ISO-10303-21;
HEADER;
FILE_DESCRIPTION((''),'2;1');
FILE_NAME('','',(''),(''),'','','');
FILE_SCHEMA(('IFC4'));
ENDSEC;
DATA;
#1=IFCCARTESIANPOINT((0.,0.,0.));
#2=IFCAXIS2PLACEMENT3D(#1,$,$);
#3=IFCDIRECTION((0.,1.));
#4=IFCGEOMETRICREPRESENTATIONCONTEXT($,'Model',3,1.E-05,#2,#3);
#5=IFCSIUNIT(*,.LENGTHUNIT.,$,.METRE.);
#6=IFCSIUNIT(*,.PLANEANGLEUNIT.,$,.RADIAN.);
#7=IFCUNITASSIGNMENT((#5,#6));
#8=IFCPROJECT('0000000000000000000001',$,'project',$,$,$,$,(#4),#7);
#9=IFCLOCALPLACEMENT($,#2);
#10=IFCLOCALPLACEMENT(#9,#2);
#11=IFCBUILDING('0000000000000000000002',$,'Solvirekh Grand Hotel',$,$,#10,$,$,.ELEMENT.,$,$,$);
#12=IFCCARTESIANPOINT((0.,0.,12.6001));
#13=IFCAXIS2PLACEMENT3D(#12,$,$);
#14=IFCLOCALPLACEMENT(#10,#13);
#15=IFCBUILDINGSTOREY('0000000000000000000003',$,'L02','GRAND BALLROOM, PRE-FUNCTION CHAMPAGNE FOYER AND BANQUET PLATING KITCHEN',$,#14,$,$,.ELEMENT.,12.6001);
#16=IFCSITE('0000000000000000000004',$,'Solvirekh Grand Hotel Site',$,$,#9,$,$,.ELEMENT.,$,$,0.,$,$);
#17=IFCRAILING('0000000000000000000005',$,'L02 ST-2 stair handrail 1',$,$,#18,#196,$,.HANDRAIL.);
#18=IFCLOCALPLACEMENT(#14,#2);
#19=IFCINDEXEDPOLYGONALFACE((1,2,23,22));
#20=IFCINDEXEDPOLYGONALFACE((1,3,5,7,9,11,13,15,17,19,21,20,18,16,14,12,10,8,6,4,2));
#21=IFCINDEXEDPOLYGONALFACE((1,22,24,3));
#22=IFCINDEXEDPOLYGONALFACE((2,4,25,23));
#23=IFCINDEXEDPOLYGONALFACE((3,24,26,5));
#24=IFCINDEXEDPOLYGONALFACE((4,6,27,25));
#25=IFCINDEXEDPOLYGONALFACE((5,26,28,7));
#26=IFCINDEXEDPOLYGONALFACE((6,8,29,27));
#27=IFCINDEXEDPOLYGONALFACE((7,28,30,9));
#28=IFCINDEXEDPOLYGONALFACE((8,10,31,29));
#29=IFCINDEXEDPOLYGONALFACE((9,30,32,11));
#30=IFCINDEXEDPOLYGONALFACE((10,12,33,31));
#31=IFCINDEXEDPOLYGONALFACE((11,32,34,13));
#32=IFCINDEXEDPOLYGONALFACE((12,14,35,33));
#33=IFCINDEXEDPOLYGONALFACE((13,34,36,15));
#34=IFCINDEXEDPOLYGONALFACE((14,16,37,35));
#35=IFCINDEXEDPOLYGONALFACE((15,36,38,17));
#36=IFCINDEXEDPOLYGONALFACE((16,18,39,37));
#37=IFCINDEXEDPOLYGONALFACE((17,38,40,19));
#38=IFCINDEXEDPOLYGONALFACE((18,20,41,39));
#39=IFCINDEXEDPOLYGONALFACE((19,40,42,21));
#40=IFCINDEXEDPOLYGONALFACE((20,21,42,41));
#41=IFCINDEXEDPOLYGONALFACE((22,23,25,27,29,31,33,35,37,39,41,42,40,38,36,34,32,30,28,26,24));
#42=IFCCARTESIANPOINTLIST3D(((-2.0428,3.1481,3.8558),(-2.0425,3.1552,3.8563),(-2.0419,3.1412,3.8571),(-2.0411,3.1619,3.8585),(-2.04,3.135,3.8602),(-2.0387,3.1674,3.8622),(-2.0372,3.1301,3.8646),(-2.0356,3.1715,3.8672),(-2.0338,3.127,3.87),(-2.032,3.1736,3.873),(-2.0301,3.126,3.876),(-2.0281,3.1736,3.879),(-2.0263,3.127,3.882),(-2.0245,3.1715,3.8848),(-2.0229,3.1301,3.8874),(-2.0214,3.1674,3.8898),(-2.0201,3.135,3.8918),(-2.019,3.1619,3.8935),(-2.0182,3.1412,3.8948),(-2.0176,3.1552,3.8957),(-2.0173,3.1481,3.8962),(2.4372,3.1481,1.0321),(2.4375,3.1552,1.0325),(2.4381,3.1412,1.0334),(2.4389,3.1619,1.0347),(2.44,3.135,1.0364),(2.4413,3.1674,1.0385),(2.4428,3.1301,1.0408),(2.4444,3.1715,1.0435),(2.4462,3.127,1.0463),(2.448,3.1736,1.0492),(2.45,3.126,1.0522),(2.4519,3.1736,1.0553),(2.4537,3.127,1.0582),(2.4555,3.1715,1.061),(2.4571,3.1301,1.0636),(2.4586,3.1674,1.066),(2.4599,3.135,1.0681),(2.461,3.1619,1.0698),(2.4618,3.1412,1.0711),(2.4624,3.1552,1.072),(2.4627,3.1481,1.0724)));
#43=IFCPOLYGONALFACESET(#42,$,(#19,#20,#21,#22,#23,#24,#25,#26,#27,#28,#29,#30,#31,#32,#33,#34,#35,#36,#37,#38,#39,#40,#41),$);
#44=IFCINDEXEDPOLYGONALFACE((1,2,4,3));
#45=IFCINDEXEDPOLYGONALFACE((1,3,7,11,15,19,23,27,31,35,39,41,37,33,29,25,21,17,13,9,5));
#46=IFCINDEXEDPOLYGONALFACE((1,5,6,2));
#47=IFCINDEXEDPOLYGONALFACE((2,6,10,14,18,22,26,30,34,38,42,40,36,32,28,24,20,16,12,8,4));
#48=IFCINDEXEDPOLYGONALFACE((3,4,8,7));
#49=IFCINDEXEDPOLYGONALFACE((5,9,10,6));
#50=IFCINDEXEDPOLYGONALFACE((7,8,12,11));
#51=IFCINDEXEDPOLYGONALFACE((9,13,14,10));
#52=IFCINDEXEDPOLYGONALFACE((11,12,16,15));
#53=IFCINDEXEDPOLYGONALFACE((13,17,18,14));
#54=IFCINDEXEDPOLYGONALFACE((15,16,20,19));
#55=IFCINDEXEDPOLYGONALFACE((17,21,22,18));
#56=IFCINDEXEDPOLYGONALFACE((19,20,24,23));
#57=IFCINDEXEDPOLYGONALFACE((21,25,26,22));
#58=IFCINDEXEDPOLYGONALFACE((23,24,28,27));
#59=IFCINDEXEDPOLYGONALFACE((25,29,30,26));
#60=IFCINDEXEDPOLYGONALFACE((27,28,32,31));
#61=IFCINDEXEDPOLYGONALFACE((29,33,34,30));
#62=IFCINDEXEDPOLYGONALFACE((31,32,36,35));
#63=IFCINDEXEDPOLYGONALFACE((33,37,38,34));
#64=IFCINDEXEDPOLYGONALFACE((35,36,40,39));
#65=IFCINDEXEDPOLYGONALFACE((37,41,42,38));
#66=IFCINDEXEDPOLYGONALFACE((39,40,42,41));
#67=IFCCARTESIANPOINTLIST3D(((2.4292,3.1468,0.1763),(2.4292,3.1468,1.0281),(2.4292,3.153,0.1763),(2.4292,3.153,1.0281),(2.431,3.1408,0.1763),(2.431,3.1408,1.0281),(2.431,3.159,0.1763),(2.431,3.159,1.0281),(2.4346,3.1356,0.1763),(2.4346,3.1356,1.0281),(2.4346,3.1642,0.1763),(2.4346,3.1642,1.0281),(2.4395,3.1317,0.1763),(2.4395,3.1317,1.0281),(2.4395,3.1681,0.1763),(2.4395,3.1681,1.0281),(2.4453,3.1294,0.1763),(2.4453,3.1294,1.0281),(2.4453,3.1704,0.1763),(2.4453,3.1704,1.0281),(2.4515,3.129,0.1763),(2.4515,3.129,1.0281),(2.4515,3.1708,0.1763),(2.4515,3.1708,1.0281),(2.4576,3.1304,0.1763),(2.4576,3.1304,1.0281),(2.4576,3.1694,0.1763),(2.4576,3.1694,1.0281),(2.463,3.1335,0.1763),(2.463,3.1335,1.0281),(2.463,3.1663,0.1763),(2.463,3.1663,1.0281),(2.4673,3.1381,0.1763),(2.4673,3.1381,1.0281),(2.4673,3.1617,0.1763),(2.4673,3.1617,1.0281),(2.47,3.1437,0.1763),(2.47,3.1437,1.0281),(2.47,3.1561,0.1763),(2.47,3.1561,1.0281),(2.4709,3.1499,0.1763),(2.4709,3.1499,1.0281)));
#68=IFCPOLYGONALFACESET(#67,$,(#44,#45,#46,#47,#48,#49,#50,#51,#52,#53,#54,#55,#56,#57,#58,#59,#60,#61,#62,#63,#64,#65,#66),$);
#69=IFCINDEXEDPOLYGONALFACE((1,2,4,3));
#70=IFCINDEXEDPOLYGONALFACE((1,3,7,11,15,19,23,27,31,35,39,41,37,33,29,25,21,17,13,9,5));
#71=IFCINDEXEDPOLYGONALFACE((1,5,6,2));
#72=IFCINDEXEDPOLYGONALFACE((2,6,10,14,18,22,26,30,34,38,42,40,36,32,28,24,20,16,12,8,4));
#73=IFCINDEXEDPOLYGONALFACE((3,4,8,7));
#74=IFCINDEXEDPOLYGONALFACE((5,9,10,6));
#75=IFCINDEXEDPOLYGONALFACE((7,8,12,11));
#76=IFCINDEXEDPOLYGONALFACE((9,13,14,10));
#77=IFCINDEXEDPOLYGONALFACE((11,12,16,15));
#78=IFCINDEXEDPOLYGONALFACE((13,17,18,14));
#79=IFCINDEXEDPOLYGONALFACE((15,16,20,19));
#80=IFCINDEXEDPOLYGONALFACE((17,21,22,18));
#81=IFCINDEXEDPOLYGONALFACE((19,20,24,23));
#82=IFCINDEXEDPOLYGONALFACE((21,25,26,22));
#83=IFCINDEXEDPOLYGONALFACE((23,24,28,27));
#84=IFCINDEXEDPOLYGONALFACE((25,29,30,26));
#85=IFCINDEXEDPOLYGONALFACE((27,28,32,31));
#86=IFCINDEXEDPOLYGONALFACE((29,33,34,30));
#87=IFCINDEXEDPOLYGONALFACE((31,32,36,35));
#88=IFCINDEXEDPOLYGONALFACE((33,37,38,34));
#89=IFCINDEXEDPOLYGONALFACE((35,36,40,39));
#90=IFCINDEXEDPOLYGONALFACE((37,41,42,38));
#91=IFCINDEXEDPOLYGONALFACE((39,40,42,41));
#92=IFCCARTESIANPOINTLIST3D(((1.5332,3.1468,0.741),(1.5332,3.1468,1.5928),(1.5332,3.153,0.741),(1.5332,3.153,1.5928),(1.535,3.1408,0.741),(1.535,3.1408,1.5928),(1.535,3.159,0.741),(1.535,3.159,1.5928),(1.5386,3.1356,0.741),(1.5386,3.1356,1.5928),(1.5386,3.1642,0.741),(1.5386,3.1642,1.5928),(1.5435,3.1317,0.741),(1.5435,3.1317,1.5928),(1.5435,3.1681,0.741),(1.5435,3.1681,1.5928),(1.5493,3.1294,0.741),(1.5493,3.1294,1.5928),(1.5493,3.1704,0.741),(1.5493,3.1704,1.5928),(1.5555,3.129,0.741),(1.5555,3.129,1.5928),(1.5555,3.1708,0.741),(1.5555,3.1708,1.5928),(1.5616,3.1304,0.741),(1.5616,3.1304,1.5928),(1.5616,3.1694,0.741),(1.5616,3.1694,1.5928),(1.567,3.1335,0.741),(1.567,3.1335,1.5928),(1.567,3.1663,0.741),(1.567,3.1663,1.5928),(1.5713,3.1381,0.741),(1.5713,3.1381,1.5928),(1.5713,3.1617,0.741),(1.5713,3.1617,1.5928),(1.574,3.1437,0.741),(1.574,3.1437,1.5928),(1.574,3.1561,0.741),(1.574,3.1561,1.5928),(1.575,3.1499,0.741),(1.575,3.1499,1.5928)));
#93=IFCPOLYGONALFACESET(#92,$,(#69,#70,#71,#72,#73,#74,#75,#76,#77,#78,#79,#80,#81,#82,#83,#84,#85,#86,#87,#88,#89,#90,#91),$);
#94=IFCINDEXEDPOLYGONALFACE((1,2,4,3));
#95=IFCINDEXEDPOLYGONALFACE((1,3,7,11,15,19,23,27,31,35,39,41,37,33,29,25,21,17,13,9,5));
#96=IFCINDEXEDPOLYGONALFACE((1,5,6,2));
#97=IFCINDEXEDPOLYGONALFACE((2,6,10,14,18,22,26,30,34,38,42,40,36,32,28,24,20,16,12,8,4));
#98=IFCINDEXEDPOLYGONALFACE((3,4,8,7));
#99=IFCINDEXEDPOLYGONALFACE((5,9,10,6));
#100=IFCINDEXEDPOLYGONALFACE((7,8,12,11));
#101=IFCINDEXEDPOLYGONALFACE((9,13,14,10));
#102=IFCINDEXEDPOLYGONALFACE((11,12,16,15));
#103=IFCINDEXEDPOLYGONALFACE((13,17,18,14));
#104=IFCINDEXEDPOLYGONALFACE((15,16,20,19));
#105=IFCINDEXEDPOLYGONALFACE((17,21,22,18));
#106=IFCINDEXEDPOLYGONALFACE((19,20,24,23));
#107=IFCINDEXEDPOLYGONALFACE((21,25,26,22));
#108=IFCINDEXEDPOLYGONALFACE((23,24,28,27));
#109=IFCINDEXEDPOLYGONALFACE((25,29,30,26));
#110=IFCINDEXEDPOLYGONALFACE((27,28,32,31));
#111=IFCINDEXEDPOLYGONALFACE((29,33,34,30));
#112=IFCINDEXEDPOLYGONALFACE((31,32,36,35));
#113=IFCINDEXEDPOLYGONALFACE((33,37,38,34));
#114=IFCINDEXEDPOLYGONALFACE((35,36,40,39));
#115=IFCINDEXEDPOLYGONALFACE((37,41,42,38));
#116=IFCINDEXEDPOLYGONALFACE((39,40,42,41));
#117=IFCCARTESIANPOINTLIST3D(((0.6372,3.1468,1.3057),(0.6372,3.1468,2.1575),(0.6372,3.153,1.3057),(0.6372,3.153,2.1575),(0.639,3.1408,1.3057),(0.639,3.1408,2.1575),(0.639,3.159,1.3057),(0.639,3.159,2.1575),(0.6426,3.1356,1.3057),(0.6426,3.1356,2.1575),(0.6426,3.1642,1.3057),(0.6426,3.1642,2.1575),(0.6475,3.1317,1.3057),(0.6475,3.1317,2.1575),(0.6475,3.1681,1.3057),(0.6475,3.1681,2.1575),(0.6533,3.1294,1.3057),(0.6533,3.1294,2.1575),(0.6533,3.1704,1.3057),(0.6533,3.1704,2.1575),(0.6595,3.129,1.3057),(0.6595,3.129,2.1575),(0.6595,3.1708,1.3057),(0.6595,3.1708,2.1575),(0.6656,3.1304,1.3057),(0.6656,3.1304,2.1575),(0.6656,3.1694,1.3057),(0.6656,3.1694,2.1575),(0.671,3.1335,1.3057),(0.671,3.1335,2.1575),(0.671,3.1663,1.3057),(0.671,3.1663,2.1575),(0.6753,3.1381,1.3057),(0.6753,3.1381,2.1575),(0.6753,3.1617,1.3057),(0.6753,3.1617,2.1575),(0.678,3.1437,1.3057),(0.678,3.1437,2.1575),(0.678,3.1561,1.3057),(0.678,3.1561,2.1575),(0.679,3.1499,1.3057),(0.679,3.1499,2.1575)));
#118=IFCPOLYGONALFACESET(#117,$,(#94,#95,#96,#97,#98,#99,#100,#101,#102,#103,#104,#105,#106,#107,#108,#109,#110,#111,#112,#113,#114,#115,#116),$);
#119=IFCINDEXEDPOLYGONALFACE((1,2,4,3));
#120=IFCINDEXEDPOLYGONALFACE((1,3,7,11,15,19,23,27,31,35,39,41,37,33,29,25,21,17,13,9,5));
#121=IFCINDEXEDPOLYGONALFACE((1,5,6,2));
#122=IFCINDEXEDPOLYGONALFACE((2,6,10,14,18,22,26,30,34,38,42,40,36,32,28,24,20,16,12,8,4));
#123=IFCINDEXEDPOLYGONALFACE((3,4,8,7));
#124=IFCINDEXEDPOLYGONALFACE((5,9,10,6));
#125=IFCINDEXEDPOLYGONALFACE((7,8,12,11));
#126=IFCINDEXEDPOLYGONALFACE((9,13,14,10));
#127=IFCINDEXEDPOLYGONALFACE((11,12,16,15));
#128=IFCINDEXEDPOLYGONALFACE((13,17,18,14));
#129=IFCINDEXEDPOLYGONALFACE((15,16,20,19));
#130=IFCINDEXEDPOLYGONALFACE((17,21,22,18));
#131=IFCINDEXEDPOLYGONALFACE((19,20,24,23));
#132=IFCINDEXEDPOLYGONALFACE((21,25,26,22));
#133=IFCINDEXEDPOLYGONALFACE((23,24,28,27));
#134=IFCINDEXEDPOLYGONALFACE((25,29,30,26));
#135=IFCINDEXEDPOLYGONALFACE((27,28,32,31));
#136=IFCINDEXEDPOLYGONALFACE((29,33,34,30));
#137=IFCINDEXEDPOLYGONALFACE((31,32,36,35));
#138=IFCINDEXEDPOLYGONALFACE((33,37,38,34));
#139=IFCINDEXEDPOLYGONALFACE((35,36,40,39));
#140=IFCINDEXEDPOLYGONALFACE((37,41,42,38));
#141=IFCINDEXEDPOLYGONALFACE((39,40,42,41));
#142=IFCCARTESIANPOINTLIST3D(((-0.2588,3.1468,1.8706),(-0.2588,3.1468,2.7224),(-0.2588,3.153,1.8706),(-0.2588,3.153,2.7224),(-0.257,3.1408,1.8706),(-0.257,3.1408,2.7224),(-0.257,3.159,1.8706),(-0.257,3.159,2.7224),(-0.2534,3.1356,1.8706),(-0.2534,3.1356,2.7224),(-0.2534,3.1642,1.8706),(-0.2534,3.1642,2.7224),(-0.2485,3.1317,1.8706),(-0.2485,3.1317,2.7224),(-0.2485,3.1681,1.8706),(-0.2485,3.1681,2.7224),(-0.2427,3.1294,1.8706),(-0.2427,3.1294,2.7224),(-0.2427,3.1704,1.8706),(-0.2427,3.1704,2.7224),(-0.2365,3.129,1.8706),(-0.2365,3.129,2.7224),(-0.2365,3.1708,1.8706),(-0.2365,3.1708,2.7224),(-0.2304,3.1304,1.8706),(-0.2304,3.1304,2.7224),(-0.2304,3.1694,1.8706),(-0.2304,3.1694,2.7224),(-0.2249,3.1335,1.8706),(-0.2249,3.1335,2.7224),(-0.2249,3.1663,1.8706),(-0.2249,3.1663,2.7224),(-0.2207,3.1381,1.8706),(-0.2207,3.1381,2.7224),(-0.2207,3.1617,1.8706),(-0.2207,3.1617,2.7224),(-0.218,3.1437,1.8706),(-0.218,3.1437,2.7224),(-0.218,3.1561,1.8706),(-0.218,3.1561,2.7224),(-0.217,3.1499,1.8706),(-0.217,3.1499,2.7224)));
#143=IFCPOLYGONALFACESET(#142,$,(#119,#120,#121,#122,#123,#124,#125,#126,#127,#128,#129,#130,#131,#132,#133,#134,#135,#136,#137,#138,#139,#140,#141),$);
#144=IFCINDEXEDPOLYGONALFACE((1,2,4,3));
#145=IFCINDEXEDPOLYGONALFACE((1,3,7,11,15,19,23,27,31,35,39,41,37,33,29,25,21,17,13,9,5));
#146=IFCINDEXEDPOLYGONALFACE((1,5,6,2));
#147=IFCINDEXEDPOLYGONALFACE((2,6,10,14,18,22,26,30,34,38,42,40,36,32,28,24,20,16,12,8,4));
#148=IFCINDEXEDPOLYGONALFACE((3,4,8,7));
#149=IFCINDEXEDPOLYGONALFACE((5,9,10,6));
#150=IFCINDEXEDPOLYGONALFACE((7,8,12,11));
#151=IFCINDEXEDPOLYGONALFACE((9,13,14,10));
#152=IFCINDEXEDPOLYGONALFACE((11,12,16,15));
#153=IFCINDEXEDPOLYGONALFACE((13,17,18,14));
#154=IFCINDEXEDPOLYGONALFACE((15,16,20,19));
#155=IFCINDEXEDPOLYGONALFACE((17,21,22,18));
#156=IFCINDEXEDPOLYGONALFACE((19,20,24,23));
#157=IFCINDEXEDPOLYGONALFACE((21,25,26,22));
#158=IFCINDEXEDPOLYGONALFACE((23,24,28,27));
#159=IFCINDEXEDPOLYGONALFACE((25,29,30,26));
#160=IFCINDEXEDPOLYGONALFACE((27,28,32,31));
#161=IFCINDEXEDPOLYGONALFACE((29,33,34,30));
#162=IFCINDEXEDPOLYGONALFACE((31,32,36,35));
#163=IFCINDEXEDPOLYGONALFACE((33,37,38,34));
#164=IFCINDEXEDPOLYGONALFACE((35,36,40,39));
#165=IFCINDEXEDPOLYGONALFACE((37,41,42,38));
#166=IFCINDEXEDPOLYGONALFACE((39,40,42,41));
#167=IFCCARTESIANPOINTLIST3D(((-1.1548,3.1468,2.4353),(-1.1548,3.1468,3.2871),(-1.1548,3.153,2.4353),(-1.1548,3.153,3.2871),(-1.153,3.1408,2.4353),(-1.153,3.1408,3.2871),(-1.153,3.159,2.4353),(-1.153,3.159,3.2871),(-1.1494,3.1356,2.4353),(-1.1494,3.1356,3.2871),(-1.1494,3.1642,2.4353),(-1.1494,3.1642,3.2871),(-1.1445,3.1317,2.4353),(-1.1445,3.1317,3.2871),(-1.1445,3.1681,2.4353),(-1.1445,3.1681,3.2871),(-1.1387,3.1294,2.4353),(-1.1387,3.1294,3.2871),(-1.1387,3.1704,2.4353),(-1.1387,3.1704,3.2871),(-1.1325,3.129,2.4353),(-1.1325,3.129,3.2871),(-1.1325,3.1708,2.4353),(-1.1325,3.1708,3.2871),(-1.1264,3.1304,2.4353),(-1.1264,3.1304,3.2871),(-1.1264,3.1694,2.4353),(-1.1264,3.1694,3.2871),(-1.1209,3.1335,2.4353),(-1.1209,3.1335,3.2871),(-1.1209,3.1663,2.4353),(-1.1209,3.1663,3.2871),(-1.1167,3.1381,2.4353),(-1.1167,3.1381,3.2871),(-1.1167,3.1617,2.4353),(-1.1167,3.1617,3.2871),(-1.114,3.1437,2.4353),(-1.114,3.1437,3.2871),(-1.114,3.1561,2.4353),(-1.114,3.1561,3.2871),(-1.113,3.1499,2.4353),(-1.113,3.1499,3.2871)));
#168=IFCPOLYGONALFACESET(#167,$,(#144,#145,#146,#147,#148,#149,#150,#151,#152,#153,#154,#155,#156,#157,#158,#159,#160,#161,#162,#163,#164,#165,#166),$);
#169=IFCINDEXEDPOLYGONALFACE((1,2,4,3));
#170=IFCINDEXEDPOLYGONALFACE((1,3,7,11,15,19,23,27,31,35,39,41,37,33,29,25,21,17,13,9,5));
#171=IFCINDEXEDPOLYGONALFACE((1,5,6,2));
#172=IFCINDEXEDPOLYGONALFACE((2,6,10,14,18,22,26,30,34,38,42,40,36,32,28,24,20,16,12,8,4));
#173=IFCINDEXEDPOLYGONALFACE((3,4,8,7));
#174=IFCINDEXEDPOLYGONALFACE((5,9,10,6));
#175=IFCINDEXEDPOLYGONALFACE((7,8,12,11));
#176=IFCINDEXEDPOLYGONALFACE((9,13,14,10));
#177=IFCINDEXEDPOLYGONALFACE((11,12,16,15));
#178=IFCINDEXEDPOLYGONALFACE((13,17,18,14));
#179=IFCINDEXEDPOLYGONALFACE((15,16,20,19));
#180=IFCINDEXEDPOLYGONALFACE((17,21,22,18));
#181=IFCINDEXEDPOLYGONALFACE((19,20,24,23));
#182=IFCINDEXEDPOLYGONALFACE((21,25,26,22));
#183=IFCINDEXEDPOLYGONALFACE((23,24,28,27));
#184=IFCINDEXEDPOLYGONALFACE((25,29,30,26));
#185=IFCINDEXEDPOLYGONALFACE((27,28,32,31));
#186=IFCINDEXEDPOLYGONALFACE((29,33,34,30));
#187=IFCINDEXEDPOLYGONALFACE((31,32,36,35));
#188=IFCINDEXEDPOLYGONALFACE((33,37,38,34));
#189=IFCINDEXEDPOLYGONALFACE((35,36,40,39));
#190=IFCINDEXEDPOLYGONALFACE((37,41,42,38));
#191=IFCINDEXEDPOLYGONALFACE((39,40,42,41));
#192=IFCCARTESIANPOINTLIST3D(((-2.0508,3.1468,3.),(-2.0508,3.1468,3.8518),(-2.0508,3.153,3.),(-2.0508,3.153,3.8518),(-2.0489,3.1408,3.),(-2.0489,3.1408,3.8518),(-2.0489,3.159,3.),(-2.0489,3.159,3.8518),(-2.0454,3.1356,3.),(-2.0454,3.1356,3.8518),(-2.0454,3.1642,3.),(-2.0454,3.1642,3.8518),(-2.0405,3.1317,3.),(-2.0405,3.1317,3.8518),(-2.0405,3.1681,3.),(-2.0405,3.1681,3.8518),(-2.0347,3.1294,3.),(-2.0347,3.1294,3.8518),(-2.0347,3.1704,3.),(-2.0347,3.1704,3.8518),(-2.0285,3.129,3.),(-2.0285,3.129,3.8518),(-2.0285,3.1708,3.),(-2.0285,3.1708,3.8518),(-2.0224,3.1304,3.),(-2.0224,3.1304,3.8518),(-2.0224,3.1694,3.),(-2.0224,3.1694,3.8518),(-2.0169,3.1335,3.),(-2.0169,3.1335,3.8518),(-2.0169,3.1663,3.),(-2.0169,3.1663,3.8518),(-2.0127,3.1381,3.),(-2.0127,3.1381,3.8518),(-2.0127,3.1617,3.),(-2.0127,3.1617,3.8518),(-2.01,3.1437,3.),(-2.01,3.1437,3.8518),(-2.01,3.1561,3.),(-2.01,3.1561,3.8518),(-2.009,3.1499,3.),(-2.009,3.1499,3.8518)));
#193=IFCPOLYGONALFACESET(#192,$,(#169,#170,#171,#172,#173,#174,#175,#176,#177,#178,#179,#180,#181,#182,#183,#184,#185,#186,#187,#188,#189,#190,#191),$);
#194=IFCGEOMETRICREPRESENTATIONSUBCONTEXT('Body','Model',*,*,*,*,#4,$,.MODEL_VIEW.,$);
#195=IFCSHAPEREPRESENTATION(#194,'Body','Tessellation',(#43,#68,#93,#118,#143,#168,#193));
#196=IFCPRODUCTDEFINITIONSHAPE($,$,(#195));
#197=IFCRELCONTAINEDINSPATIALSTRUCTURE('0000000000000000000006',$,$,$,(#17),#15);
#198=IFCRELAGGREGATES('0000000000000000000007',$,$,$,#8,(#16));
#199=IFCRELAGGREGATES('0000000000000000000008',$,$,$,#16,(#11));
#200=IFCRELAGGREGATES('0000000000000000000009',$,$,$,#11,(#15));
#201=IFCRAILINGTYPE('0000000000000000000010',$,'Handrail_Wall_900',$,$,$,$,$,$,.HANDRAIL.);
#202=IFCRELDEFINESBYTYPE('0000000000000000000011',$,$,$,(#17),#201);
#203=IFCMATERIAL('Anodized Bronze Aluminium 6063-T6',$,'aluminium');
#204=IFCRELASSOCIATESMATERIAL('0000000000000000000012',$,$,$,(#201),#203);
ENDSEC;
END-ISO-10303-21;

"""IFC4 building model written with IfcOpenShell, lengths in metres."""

from ifc_helpers import new_model, si_unit, direction, frame, origin, origin_2d, place, context, subcontext, project, spatial, circle, extrude, material, type_object, element, save


model = new_model("IFC4")

# Units and contexts
model_context = context("Model", 3, precision=1e-05, world=origin(), true_north=direction((0.0, 1.0)))
body_context = subcontext(model_context, "Body", "Model", "MODEL_VIEW")
ifc_project = project(units=[si_unit("LENGTHUNIT", "METRE"), si_unit("PLANEANGLEUNIT", "RADIAN")], contexts=[model_context])

# Site, building, storey
site_placement = place(None, origin())
site = spatial("IfcSite", under=ifc_project, at=site_placement, Name="Solvirekh Grand Hotel Site", CompositionType="ELEMENT", RefElevation=0.0)
building_placement = place(site_placement, origin())
building = spatial("IfcBuilding", under=site, at=building_placement, Name="Solvirekh Grand Hotel", CompositionType="ELEMENT")
storey_placement = place(building_placement, frame((0.0, 0.0, 12.6001)))
storey = spatial("IfcBuildingStorey", under=building, at=storey_placement, Name="L02", Description="GRAND BALLROOM, PRE-FUNCTION CHAMPAGNE FOYER AND BANQUET PLATING KITCHEN", CompositionType="ELEMENT", Elevation=12.6001)

# Railing
ifc_material_1 = material(Name="Anodized Bronze Aluminium 6063-T6", Category="aluminium")
railing_type_1 = type_object("IfcRailingType", Name="Handrail_Wall_900", PredefinedType="HANDRAIL", material=ifc_material_1)
railing_1_placement = place(storey_placement, frame((2.45, 3.1499, 0.1763)))
element("IfcRailing", 1, at=railing_1_placement, inside=storey, type_object=railing_type_1, Name="L02 ST-2 stair handrail 1", PredefinedType="HANDRAIL", context=body_context, shape_type="SweptSolid", body=[
    extrude(circle(Radius=0.0239, at=origin_2d()), frame((0.0, 0.0, 0.876), z_axis=(-0.845977, 0.0, 0.533219), x_axis=(0.0, -1.0, 0.0)), (0.0, 0.0, 1.0), 5.2957),
    extrude(circle(Radius=0.021, at=origin_2d()), origin(), (0.0, 0.0, 1.0), 0.8518),
    extrude(circle(Radius=0.021, at=origin_2d()), frame((-0.896, 0.0, 0.5647)), (0.0, 0.0, 1.0), 0.8518),
    extrude(circle(Radius=0.021, at=origin_2d()), frame((-1.792, 0.0, 1.1294)), (0.0, 0.0, 1.0), 0.8518),
    extrude(circle(Radius=0.021, at=origin_2d()), frame((-2.688, 0.0, 1.6943)), (0.0, 0.0, 1.0), 0.8518),
    extrude(circle(Radius=0.021, at=origin_2d()), frame((-3.584, 0.0, 2.259)), (0.0, 0.0, 1.0), 0.8518),
    extrude(circle(Radius=0.021, at=origin_2d()), frame((-4.48, 0.0, 2.8237)), (0.0, 0.0, 1.0), 0.8518),
])

save(model, "model.ifc")
